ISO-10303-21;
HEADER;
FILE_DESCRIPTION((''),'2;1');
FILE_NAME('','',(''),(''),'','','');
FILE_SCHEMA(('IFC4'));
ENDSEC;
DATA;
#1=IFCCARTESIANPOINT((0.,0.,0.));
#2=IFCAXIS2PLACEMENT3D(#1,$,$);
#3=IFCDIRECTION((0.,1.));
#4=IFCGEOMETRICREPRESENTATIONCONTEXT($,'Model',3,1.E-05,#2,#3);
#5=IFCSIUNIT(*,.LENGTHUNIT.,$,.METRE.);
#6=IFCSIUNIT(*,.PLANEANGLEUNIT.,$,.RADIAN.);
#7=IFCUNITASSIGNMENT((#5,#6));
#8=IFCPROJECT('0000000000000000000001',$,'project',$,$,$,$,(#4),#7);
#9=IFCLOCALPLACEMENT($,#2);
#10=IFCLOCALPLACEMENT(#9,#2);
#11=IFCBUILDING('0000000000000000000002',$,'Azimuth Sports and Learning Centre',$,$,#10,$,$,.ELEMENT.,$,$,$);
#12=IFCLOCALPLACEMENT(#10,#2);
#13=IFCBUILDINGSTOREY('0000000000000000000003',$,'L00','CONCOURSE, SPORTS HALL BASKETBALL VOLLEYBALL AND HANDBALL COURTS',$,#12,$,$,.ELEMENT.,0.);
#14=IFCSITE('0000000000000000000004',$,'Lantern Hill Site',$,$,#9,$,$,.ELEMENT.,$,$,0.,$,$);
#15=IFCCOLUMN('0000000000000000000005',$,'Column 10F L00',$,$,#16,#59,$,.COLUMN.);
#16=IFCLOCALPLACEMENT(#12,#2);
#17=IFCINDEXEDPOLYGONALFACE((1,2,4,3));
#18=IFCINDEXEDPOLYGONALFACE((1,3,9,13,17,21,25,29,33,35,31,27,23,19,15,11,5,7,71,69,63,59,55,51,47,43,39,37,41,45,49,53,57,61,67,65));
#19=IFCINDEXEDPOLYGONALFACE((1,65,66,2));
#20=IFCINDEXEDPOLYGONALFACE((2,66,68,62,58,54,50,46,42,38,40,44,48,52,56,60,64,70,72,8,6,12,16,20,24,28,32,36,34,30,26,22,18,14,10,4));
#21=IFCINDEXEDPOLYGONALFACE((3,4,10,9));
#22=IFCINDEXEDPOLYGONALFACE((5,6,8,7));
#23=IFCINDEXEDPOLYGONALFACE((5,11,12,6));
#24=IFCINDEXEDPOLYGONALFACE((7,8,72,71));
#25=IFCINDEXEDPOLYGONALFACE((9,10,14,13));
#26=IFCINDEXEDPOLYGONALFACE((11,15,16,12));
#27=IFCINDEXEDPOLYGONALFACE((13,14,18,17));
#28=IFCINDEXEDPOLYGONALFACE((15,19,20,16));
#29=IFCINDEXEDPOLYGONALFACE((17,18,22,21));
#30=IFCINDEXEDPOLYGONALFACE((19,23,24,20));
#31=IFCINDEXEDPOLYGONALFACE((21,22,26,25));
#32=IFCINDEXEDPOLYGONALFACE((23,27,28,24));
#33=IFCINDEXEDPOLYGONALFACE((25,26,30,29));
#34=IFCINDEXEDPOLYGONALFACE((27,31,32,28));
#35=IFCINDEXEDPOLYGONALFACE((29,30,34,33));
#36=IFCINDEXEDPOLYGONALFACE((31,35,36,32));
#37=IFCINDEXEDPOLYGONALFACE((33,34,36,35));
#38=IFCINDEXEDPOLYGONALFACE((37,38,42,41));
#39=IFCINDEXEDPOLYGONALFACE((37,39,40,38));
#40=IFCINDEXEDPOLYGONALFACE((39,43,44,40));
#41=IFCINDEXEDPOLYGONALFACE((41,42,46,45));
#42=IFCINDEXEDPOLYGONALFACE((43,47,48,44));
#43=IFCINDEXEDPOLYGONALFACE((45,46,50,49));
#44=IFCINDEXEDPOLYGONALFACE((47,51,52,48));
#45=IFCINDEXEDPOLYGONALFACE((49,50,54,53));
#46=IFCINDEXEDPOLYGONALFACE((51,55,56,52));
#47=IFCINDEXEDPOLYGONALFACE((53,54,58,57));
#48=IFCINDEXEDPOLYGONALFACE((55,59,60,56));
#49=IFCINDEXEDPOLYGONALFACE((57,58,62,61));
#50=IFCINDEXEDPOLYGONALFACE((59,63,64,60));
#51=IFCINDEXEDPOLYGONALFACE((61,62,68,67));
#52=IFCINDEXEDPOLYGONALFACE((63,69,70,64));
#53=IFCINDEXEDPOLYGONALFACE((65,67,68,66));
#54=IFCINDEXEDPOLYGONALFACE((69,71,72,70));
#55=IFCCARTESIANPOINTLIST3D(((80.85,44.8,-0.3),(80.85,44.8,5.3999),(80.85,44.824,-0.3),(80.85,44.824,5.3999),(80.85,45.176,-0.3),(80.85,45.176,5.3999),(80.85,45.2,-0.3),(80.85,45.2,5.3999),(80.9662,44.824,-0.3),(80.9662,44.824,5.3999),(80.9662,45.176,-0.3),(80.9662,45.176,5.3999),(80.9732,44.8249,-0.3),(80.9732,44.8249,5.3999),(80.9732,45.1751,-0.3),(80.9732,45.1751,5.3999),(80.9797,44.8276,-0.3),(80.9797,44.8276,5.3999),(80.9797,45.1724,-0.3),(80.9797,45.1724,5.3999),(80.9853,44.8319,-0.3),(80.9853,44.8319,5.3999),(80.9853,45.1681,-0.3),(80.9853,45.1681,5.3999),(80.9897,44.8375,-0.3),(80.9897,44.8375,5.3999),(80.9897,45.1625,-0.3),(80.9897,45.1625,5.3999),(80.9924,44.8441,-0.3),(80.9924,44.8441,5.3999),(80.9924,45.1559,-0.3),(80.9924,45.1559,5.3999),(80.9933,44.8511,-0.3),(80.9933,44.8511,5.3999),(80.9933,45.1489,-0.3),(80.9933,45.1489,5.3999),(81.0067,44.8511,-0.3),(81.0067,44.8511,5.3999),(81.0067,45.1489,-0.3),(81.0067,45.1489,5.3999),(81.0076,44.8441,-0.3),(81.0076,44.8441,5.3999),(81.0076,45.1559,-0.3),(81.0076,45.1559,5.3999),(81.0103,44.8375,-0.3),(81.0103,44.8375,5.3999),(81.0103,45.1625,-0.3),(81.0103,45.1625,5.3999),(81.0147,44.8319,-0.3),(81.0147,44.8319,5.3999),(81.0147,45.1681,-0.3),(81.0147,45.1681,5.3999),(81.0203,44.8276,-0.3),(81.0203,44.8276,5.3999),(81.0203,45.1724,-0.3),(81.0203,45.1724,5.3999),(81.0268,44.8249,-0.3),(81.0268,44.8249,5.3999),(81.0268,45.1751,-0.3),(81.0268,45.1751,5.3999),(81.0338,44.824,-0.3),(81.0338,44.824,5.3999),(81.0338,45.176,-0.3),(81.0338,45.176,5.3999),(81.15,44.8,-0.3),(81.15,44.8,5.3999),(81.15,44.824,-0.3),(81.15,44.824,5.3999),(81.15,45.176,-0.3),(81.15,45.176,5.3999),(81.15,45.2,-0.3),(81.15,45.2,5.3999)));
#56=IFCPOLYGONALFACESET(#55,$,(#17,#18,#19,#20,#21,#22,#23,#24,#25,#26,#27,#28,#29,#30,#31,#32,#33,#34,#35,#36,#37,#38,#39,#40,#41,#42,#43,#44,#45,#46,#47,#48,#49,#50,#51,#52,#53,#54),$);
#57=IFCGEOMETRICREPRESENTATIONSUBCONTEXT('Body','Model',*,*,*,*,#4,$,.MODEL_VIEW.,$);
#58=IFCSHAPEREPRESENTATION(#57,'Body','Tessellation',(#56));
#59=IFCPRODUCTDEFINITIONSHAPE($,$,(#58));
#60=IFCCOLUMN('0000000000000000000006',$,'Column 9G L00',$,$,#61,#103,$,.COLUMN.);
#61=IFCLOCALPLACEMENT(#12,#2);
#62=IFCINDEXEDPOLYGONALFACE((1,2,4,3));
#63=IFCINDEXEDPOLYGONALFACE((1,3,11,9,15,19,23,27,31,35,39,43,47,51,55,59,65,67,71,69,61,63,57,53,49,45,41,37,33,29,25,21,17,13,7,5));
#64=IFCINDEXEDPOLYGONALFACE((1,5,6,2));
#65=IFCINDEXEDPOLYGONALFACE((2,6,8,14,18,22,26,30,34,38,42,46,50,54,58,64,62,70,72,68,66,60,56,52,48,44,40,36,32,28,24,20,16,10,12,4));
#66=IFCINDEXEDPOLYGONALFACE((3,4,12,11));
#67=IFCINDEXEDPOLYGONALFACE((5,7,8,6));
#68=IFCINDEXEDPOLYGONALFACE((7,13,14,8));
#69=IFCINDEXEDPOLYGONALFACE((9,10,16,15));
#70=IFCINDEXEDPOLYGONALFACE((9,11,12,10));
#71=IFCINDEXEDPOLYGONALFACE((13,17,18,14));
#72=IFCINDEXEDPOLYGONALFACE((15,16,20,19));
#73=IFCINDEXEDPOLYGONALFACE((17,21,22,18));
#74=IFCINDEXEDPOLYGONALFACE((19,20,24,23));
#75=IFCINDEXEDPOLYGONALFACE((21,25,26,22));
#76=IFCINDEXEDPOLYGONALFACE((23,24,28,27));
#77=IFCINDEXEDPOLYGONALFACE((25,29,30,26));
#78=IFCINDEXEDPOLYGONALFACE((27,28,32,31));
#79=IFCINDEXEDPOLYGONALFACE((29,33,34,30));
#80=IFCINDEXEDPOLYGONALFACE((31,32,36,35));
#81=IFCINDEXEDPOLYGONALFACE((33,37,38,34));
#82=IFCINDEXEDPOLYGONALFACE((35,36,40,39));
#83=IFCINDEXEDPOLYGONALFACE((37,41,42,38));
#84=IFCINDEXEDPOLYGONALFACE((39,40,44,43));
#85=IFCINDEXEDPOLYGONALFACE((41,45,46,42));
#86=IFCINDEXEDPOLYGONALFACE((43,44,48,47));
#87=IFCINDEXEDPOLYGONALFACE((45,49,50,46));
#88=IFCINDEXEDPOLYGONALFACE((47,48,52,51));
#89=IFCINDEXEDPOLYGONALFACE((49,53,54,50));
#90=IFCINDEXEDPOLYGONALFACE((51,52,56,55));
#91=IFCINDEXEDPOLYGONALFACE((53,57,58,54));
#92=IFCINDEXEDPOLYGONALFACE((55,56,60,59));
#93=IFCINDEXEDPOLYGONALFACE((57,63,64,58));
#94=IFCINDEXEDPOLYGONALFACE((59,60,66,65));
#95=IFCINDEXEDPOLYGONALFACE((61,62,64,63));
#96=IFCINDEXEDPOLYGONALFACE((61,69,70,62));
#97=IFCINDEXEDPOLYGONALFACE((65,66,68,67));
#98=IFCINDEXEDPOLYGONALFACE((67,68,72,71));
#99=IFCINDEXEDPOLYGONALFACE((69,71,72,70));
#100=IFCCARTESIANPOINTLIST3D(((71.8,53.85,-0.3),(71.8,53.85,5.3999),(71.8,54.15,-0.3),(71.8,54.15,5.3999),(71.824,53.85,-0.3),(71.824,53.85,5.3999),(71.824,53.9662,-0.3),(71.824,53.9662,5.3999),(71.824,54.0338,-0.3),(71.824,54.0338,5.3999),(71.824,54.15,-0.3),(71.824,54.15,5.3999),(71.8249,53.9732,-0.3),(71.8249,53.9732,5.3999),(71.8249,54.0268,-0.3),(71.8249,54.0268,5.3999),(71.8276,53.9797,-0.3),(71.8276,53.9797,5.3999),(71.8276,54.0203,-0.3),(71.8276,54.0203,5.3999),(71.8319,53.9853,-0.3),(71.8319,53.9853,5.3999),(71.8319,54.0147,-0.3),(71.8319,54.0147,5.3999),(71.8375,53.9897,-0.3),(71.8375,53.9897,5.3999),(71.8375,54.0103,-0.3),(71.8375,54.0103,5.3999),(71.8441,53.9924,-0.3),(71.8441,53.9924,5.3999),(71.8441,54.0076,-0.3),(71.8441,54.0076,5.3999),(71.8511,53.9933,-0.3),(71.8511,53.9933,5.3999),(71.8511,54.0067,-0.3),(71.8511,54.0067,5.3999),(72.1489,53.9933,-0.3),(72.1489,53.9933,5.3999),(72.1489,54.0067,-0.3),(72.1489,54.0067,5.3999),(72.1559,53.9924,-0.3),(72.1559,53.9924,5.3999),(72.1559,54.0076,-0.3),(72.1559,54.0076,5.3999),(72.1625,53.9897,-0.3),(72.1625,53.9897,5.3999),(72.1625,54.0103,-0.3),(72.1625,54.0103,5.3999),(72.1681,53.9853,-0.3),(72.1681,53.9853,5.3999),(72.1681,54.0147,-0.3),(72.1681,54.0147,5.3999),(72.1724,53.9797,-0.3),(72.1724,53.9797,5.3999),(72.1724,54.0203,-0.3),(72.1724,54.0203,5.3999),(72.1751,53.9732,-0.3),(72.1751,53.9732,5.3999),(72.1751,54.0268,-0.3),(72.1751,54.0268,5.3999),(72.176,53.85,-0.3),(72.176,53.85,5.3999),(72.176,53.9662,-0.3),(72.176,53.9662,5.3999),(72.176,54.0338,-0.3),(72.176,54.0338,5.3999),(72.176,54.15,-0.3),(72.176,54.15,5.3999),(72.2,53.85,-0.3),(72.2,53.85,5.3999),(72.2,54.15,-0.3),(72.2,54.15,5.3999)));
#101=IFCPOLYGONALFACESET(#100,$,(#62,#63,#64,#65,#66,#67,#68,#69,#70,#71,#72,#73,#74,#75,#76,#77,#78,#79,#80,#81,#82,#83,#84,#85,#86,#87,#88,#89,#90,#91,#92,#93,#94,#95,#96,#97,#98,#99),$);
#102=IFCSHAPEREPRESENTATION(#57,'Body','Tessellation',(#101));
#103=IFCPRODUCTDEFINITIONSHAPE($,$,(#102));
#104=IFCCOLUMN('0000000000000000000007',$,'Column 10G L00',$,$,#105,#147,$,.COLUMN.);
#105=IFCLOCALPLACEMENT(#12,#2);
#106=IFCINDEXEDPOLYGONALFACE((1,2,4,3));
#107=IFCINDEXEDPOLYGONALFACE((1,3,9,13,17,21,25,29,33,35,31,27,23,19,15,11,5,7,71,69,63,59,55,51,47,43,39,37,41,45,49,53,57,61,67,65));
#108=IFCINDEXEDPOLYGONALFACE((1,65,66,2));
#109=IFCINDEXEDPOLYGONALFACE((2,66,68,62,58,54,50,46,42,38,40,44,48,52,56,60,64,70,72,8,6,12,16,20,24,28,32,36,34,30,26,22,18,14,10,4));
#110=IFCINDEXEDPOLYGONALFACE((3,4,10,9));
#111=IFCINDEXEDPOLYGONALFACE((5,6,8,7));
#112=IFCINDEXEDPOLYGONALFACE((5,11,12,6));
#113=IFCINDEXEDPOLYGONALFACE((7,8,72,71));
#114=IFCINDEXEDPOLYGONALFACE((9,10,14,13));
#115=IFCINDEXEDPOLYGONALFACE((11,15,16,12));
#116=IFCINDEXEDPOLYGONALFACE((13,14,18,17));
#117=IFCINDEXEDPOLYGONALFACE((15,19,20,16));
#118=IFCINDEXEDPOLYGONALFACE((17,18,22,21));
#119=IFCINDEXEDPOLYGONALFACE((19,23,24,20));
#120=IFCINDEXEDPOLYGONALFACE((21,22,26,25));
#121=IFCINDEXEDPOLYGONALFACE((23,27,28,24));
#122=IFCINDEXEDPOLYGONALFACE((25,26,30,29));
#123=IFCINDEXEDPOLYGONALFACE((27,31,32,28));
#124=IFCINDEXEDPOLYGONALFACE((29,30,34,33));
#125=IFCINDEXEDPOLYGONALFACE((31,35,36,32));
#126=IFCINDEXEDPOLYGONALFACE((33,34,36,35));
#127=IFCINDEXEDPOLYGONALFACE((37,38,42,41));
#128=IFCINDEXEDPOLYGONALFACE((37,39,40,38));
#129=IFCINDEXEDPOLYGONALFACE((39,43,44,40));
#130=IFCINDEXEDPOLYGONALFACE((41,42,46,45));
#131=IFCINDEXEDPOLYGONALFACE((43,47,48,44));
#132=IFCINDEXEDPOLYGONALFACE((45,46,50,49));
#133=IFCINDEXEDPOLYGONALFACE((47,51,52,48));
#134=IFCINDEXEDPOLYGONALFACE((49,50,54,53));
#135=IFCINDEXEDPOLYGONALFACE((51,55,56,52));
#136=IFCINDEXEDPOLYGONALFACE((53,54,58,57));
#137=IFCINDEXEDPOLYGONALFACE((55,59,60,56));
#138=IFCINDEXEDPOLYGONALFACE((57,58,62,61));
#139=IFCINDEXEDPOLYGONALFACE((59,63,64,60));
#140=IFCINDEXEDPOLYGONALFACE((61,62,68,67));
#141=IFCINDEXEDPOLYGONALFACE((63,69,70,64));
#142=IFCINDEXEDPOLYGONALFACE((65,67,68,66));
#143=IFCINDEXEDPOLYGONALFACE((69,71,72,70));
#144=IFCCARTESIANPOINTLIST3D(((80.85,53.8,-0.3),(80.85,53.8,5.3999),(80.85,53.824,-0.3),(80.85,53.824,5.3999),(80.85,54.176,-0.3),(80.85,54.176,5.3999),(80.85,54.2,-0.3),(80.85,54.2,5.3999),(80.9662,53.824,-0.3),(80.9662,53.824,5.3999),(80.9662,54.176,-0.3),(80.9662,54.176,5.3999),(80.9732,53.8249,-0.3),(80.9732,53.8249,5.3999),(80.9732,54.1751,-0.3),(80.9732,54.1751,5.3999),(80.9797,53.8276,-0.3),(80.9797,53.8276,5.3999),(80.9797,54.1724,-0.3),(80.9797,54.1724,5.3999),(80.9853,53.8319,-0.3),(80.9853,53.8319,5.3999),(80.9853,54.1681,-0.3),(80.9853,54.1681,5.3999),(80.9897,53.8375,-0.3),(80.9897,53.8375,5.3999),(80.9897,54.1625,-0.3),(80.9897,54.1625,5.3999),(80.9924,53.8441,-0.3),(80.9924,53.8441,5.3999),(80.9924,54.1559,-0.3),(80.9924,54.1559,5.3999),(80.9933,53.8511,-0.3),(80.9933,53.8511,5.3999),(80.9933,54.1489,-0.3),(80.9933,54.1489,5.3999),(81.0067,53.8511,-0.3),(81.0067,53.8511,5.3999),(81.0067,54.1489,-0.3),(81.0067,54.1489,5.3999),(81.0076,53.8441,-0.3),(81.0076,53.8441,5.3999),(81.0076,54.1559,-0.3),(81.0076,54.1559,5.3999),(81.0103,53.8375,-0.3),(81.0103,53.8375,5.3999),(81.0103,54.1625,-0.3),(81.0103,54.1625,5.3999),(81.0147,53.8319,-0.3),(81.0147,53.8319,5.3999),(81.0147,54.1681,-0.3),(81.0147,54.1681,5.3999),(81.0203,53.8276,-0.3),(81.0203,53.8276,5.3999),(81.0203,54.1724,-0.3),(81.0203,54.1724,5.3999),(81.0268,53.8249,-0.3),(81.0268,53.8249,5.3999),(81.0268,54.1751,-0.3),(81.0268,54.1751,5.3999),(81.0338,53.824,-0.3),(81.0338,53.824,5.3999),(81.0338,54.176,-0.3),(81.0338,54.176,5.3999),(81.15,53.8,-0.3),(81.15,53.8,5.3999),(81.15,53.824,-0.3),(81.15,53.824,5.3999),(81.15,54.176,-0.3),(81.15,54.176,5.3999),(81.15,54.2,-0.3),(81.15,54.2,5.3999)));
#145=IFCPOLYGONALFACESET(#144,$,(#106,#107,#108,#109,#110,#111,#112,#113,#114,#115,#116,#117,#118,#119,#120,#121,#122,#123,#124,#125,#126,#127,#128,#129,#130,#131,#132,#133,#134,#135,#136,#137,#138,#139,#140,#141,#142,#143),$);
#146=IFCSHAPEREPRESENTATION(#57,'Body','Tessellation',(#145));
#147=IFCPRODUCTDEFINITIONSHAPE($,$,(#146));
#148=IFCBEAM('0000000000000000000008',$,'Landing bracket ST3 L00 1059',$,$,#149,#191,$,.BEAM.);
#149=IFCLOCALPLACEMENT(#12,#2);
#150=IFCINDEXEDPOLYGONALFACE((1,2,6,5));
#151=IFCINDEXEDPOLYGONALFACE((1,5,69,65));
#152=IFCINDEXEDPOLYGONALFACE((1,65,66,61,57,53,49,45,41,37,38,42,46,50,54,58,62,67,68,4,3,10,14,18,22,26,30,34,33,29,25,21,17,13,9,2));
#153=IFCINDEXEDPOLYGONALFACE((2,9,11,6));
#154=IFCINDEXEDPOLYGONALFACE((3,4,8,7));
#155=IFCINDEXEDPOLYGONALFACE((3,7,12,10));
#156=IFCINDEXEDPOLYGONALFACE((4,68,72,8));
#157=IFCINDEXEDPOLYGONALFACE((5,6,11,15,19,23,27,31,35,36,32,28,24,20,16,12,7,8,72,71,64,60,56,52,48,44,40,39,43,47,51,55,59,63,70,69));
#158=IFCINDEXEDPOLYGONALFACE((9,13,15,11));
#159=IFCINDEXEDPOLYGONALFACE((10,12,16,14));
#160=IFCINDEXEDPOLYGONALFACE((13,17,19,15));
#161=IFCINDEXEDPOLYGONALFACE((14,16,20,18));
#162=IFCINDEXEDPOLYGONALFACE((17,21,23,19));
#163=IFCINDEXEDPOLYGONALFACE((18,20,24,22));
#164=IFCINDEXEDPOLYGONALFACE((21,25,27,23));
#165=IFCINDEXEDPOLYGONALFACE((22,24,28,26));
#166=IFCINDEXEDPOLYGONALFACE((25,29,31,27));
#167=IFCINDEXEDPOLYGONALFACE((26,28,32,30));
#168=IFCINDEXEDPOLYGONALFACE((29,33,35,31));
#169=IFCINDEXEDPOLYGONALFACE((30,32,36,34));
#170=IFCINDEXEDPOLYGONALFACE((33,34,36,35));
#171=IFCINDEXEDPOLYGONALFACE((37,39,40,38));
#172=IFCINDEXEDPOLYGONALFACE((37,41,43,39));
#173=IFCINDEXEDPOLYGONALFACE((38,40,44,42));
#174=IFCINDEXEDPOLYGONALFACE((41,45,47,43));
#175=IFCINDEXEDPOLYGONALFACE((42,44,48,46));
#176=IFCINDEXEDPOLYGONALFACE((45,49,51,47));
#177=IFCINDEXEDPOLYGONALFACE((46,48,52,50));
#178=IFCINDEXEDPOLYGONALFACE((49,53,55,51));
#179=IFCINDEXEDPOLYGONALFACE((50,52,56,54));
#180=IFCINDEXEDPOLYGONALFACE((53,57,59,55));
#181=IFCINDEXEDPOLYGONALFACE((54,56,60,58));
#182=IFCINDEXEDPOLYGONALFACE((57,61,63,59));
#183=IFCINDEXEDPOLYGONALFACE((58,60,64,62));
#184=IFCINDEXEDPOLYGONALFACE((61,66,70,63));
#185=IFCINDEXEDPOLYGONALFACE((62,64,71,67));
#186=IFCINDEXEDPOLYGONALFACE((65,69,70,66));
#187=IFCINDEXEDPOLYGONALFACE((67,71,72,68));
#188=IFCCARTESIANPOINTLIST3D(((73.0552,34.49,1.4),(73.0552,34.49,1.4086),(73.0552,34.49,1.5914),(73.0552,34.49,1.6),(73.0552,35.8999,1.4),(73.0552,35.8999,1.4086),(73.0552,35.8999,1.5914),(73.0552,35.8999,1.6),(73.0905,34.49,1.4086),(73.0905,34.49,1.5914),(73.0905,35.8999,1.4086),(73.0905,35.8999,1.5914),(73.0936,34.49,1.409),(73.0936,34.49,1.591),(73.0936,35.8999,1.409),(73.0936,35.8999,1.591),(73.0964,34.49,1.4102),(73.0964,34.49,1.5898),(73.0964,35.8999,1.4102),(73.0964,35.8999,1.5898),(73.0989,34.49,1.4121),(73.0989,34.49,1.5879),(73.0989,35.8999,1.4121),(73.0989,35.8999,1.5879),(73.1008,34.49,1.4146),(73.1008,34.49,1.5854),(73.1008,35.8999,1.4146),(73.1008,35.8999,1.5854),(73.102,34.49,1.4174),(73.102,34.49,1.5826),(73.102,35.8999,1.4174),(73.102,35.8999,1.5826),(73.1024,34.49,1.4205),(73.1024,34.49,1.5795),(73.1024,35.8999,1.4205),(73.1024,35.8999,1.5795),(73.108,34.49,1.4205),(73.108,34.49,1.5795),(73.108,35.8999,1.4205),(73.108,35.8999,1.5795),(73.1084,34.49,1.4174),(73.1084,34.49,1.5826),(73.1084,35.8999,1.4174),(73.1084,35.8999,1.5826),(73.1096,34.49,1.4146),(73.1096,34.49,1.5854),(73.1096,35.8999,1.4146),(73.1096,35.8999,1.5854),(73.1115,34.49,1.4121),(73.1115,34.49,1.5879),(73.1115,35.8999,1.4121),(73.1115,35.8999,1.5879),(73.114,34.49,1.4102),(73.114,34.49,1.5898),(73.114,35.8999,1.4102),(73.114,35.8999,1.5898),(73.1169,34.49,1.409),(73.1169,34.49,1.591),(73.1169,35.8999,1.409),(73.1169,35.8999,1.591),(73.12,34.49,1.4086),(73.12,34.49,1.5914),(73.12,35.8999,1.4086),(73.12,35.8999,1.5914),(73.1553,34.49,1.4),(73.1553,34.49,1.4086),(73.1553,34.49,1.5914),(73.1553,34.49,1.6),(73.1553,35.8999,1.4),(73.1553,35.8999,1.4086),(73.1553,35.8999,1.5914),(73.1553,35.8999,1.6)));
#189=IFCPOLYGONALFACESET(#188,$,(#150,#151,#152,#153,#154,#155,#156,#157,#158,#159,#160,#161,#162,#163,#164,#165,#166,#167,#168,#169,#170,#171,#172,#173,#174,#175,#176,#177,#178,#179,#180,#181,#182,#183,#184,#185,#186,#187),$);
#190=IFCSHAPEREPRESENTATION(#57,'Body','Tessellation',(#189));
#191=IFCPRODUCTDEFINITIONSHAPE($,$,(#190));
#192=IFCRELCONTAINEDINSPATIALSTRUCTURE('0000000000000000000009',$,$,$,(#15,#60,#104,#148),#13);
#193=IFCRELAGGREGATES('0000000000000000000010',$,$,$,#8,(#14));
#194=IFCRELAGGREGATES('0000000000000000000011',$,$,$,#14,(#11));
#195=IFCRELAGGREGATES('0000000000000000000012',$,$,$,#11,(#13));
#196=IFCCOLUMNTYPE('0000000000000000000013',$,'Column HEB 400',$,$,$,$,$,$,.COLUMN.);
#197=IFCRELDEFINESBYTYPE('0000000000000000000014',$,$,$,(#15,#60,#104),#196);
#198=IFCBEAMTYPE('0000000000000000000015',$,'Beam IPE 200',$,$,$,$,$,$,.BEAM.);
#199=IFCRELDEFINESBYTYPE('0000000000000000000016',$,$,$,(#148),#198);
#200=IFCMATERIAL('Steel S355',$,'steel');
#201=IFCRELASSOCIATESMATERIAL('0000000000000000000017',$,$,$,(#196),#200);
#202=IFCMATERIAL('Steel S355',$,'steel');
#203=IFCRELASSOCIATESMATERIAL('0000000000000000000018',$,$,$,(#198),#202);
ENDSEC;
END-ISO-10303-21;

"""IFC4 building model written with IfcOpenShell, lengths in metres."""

from ifc_helpers import new_model, si_unit, direction, frame, origin, origin_2d, place, context, subcontext, project, spatial, i_section, extrude, material, material_profile, profile_set, type_object, element, save


model = new_model("IFC4")

# Units and contexts
model_context = context("Model", 3, precision=1e-05, world=origin(), true_north=direction((0.0, 1.0)))
body_context = subcontext(model_context, "Body", "Model", "MODEL_VIEW")
ifc_project = project(units=[si_unit("LENGTHUNIT", "METRE"), si_unit("PLANEANGLEUNIT", "RADIAN")], contexts=[model_context])

# Site, building, storey
site_placement = place(None, origin())
site = spatial("IfcSite", under=ifc_project, at=site_placement, Name="Lantern Hill Site", CompositionType="ELEMENT", RefElevation=0.0)
building_placement = place(site_placement, origin())
building = spatial("IfcBuilding", under=site, at=building_placement, Name="Azimuth Sports and Learning Centre", CompositionType="ELEMENT")
storey_placement = place(building_placement, origin())
storey = spatial("IfcBuildingStorey", under=building, at=storey_placement, Name="L00", Description="CONCOURSE, SPORTS HALL BASKETBALL VOLLEYBALL AND HANDBALL COURTS", CompositionType="ELEMENT", Elevation=0.0)

# Columns
ifc_material_1 = material(Name="Steel S355", Category="steel")
ifc_material_profile_1 = material_profile(ifc_material_1, i_section(OverallWidth=0.3, OverallDepth=0.3999, WebThickness=0.0134, FlangeThickness=0.0239, FilletRadius=0.0271, at=origin_2d()), Name="HEB 400")
ifc_profile_set_1 = profile_set([ifc_material_profile_1], Name="Steel S355")
column_type = type_object("IfcColumnType", Name="Column HEB 400", PredefinedType="COLUMN", material=ifc_profile_set_1)
for number, where, z_axis, x_axis, name in (
    (1, (81.0, 45.0, -0.3), (0.0, 0.0, 1.0), (1.0, 0.0, 0.0), "Column 10F L00"),
    (2, (72.0, 54.0, -0.3), (0.0, 0.0, 1.0), (0.0, 1.0, 0.0), "Column 9G L00"),
    (3, (81.0, 54.0, -0.3), (0.0, 0.0, 1.0), (1.0, 0.0, 0.0), "Column 10G L00"),
):
    element("IfcColumn", number, at=place(storey_placement, frame(where, z_axis=z_axis, x_axis=x_axis)), inside=storey, type_object=column_type, Name=name, PredefinedType="COLUMN", context=body_context, shape_type="SweptSolid", body=[
        extrude(i_section(OverallWidth=0.3, OverallDepth=0.3999, WebThickness=0.0134, FlangeThickness=0.0239, FilletRadius=0.0271, at=origin_2d()), origin(), (0.0, 0.0, 1.0), 5.7),
    ])

# Beam
ifc_material_2 = material(Name="Steel S355", Category="steel")
ifc_material_profile_2 = material_profile(ifc_material_2, i_section(OverallWidth=0.1001, OverallDepth=0.2, WebThickness=0.0056, FlangeThickness=0.0085, FilletRadius=0.012, at=origin_2d()), Name="IPE 200")
ifc_profile_set_2 = profile_set([ifc_material_profile_2], Name="Steel S355")
beam_type = type_object("IfcBeamType", Name="Beam IPE 200", PredefinedType="BEAM", material=ifc_profile_set_2)
for number, where, z_axis, x_axis, name in (
    (4, (73.1052, 35.8999, 1.5), (0.0, -1.0, 0.0), (1.0, 0.0, 0.0), "Landing bracket ST3 L00 1059"),
):
    element("IfcBeam", number, at=place(storey_placement, frame(where, z_axis=z_axis, x_axis=x_axis)), inside=storey, type_object=beam_type, Name=name, PredefinedType="BEAM", context=body_context, shape_type="SweptSolid", body=[
        extrude(i_section(OverallWidth=0.1001, OverallDepth=0.2, WebThickness=0.0056, FlangeThickness=0.0085, FilletRadius=0.012, at=origin_2d()), origin(), (0.0, 0.0, 1.0), 1.4099),
    ])

save(model, "model.ifc")
